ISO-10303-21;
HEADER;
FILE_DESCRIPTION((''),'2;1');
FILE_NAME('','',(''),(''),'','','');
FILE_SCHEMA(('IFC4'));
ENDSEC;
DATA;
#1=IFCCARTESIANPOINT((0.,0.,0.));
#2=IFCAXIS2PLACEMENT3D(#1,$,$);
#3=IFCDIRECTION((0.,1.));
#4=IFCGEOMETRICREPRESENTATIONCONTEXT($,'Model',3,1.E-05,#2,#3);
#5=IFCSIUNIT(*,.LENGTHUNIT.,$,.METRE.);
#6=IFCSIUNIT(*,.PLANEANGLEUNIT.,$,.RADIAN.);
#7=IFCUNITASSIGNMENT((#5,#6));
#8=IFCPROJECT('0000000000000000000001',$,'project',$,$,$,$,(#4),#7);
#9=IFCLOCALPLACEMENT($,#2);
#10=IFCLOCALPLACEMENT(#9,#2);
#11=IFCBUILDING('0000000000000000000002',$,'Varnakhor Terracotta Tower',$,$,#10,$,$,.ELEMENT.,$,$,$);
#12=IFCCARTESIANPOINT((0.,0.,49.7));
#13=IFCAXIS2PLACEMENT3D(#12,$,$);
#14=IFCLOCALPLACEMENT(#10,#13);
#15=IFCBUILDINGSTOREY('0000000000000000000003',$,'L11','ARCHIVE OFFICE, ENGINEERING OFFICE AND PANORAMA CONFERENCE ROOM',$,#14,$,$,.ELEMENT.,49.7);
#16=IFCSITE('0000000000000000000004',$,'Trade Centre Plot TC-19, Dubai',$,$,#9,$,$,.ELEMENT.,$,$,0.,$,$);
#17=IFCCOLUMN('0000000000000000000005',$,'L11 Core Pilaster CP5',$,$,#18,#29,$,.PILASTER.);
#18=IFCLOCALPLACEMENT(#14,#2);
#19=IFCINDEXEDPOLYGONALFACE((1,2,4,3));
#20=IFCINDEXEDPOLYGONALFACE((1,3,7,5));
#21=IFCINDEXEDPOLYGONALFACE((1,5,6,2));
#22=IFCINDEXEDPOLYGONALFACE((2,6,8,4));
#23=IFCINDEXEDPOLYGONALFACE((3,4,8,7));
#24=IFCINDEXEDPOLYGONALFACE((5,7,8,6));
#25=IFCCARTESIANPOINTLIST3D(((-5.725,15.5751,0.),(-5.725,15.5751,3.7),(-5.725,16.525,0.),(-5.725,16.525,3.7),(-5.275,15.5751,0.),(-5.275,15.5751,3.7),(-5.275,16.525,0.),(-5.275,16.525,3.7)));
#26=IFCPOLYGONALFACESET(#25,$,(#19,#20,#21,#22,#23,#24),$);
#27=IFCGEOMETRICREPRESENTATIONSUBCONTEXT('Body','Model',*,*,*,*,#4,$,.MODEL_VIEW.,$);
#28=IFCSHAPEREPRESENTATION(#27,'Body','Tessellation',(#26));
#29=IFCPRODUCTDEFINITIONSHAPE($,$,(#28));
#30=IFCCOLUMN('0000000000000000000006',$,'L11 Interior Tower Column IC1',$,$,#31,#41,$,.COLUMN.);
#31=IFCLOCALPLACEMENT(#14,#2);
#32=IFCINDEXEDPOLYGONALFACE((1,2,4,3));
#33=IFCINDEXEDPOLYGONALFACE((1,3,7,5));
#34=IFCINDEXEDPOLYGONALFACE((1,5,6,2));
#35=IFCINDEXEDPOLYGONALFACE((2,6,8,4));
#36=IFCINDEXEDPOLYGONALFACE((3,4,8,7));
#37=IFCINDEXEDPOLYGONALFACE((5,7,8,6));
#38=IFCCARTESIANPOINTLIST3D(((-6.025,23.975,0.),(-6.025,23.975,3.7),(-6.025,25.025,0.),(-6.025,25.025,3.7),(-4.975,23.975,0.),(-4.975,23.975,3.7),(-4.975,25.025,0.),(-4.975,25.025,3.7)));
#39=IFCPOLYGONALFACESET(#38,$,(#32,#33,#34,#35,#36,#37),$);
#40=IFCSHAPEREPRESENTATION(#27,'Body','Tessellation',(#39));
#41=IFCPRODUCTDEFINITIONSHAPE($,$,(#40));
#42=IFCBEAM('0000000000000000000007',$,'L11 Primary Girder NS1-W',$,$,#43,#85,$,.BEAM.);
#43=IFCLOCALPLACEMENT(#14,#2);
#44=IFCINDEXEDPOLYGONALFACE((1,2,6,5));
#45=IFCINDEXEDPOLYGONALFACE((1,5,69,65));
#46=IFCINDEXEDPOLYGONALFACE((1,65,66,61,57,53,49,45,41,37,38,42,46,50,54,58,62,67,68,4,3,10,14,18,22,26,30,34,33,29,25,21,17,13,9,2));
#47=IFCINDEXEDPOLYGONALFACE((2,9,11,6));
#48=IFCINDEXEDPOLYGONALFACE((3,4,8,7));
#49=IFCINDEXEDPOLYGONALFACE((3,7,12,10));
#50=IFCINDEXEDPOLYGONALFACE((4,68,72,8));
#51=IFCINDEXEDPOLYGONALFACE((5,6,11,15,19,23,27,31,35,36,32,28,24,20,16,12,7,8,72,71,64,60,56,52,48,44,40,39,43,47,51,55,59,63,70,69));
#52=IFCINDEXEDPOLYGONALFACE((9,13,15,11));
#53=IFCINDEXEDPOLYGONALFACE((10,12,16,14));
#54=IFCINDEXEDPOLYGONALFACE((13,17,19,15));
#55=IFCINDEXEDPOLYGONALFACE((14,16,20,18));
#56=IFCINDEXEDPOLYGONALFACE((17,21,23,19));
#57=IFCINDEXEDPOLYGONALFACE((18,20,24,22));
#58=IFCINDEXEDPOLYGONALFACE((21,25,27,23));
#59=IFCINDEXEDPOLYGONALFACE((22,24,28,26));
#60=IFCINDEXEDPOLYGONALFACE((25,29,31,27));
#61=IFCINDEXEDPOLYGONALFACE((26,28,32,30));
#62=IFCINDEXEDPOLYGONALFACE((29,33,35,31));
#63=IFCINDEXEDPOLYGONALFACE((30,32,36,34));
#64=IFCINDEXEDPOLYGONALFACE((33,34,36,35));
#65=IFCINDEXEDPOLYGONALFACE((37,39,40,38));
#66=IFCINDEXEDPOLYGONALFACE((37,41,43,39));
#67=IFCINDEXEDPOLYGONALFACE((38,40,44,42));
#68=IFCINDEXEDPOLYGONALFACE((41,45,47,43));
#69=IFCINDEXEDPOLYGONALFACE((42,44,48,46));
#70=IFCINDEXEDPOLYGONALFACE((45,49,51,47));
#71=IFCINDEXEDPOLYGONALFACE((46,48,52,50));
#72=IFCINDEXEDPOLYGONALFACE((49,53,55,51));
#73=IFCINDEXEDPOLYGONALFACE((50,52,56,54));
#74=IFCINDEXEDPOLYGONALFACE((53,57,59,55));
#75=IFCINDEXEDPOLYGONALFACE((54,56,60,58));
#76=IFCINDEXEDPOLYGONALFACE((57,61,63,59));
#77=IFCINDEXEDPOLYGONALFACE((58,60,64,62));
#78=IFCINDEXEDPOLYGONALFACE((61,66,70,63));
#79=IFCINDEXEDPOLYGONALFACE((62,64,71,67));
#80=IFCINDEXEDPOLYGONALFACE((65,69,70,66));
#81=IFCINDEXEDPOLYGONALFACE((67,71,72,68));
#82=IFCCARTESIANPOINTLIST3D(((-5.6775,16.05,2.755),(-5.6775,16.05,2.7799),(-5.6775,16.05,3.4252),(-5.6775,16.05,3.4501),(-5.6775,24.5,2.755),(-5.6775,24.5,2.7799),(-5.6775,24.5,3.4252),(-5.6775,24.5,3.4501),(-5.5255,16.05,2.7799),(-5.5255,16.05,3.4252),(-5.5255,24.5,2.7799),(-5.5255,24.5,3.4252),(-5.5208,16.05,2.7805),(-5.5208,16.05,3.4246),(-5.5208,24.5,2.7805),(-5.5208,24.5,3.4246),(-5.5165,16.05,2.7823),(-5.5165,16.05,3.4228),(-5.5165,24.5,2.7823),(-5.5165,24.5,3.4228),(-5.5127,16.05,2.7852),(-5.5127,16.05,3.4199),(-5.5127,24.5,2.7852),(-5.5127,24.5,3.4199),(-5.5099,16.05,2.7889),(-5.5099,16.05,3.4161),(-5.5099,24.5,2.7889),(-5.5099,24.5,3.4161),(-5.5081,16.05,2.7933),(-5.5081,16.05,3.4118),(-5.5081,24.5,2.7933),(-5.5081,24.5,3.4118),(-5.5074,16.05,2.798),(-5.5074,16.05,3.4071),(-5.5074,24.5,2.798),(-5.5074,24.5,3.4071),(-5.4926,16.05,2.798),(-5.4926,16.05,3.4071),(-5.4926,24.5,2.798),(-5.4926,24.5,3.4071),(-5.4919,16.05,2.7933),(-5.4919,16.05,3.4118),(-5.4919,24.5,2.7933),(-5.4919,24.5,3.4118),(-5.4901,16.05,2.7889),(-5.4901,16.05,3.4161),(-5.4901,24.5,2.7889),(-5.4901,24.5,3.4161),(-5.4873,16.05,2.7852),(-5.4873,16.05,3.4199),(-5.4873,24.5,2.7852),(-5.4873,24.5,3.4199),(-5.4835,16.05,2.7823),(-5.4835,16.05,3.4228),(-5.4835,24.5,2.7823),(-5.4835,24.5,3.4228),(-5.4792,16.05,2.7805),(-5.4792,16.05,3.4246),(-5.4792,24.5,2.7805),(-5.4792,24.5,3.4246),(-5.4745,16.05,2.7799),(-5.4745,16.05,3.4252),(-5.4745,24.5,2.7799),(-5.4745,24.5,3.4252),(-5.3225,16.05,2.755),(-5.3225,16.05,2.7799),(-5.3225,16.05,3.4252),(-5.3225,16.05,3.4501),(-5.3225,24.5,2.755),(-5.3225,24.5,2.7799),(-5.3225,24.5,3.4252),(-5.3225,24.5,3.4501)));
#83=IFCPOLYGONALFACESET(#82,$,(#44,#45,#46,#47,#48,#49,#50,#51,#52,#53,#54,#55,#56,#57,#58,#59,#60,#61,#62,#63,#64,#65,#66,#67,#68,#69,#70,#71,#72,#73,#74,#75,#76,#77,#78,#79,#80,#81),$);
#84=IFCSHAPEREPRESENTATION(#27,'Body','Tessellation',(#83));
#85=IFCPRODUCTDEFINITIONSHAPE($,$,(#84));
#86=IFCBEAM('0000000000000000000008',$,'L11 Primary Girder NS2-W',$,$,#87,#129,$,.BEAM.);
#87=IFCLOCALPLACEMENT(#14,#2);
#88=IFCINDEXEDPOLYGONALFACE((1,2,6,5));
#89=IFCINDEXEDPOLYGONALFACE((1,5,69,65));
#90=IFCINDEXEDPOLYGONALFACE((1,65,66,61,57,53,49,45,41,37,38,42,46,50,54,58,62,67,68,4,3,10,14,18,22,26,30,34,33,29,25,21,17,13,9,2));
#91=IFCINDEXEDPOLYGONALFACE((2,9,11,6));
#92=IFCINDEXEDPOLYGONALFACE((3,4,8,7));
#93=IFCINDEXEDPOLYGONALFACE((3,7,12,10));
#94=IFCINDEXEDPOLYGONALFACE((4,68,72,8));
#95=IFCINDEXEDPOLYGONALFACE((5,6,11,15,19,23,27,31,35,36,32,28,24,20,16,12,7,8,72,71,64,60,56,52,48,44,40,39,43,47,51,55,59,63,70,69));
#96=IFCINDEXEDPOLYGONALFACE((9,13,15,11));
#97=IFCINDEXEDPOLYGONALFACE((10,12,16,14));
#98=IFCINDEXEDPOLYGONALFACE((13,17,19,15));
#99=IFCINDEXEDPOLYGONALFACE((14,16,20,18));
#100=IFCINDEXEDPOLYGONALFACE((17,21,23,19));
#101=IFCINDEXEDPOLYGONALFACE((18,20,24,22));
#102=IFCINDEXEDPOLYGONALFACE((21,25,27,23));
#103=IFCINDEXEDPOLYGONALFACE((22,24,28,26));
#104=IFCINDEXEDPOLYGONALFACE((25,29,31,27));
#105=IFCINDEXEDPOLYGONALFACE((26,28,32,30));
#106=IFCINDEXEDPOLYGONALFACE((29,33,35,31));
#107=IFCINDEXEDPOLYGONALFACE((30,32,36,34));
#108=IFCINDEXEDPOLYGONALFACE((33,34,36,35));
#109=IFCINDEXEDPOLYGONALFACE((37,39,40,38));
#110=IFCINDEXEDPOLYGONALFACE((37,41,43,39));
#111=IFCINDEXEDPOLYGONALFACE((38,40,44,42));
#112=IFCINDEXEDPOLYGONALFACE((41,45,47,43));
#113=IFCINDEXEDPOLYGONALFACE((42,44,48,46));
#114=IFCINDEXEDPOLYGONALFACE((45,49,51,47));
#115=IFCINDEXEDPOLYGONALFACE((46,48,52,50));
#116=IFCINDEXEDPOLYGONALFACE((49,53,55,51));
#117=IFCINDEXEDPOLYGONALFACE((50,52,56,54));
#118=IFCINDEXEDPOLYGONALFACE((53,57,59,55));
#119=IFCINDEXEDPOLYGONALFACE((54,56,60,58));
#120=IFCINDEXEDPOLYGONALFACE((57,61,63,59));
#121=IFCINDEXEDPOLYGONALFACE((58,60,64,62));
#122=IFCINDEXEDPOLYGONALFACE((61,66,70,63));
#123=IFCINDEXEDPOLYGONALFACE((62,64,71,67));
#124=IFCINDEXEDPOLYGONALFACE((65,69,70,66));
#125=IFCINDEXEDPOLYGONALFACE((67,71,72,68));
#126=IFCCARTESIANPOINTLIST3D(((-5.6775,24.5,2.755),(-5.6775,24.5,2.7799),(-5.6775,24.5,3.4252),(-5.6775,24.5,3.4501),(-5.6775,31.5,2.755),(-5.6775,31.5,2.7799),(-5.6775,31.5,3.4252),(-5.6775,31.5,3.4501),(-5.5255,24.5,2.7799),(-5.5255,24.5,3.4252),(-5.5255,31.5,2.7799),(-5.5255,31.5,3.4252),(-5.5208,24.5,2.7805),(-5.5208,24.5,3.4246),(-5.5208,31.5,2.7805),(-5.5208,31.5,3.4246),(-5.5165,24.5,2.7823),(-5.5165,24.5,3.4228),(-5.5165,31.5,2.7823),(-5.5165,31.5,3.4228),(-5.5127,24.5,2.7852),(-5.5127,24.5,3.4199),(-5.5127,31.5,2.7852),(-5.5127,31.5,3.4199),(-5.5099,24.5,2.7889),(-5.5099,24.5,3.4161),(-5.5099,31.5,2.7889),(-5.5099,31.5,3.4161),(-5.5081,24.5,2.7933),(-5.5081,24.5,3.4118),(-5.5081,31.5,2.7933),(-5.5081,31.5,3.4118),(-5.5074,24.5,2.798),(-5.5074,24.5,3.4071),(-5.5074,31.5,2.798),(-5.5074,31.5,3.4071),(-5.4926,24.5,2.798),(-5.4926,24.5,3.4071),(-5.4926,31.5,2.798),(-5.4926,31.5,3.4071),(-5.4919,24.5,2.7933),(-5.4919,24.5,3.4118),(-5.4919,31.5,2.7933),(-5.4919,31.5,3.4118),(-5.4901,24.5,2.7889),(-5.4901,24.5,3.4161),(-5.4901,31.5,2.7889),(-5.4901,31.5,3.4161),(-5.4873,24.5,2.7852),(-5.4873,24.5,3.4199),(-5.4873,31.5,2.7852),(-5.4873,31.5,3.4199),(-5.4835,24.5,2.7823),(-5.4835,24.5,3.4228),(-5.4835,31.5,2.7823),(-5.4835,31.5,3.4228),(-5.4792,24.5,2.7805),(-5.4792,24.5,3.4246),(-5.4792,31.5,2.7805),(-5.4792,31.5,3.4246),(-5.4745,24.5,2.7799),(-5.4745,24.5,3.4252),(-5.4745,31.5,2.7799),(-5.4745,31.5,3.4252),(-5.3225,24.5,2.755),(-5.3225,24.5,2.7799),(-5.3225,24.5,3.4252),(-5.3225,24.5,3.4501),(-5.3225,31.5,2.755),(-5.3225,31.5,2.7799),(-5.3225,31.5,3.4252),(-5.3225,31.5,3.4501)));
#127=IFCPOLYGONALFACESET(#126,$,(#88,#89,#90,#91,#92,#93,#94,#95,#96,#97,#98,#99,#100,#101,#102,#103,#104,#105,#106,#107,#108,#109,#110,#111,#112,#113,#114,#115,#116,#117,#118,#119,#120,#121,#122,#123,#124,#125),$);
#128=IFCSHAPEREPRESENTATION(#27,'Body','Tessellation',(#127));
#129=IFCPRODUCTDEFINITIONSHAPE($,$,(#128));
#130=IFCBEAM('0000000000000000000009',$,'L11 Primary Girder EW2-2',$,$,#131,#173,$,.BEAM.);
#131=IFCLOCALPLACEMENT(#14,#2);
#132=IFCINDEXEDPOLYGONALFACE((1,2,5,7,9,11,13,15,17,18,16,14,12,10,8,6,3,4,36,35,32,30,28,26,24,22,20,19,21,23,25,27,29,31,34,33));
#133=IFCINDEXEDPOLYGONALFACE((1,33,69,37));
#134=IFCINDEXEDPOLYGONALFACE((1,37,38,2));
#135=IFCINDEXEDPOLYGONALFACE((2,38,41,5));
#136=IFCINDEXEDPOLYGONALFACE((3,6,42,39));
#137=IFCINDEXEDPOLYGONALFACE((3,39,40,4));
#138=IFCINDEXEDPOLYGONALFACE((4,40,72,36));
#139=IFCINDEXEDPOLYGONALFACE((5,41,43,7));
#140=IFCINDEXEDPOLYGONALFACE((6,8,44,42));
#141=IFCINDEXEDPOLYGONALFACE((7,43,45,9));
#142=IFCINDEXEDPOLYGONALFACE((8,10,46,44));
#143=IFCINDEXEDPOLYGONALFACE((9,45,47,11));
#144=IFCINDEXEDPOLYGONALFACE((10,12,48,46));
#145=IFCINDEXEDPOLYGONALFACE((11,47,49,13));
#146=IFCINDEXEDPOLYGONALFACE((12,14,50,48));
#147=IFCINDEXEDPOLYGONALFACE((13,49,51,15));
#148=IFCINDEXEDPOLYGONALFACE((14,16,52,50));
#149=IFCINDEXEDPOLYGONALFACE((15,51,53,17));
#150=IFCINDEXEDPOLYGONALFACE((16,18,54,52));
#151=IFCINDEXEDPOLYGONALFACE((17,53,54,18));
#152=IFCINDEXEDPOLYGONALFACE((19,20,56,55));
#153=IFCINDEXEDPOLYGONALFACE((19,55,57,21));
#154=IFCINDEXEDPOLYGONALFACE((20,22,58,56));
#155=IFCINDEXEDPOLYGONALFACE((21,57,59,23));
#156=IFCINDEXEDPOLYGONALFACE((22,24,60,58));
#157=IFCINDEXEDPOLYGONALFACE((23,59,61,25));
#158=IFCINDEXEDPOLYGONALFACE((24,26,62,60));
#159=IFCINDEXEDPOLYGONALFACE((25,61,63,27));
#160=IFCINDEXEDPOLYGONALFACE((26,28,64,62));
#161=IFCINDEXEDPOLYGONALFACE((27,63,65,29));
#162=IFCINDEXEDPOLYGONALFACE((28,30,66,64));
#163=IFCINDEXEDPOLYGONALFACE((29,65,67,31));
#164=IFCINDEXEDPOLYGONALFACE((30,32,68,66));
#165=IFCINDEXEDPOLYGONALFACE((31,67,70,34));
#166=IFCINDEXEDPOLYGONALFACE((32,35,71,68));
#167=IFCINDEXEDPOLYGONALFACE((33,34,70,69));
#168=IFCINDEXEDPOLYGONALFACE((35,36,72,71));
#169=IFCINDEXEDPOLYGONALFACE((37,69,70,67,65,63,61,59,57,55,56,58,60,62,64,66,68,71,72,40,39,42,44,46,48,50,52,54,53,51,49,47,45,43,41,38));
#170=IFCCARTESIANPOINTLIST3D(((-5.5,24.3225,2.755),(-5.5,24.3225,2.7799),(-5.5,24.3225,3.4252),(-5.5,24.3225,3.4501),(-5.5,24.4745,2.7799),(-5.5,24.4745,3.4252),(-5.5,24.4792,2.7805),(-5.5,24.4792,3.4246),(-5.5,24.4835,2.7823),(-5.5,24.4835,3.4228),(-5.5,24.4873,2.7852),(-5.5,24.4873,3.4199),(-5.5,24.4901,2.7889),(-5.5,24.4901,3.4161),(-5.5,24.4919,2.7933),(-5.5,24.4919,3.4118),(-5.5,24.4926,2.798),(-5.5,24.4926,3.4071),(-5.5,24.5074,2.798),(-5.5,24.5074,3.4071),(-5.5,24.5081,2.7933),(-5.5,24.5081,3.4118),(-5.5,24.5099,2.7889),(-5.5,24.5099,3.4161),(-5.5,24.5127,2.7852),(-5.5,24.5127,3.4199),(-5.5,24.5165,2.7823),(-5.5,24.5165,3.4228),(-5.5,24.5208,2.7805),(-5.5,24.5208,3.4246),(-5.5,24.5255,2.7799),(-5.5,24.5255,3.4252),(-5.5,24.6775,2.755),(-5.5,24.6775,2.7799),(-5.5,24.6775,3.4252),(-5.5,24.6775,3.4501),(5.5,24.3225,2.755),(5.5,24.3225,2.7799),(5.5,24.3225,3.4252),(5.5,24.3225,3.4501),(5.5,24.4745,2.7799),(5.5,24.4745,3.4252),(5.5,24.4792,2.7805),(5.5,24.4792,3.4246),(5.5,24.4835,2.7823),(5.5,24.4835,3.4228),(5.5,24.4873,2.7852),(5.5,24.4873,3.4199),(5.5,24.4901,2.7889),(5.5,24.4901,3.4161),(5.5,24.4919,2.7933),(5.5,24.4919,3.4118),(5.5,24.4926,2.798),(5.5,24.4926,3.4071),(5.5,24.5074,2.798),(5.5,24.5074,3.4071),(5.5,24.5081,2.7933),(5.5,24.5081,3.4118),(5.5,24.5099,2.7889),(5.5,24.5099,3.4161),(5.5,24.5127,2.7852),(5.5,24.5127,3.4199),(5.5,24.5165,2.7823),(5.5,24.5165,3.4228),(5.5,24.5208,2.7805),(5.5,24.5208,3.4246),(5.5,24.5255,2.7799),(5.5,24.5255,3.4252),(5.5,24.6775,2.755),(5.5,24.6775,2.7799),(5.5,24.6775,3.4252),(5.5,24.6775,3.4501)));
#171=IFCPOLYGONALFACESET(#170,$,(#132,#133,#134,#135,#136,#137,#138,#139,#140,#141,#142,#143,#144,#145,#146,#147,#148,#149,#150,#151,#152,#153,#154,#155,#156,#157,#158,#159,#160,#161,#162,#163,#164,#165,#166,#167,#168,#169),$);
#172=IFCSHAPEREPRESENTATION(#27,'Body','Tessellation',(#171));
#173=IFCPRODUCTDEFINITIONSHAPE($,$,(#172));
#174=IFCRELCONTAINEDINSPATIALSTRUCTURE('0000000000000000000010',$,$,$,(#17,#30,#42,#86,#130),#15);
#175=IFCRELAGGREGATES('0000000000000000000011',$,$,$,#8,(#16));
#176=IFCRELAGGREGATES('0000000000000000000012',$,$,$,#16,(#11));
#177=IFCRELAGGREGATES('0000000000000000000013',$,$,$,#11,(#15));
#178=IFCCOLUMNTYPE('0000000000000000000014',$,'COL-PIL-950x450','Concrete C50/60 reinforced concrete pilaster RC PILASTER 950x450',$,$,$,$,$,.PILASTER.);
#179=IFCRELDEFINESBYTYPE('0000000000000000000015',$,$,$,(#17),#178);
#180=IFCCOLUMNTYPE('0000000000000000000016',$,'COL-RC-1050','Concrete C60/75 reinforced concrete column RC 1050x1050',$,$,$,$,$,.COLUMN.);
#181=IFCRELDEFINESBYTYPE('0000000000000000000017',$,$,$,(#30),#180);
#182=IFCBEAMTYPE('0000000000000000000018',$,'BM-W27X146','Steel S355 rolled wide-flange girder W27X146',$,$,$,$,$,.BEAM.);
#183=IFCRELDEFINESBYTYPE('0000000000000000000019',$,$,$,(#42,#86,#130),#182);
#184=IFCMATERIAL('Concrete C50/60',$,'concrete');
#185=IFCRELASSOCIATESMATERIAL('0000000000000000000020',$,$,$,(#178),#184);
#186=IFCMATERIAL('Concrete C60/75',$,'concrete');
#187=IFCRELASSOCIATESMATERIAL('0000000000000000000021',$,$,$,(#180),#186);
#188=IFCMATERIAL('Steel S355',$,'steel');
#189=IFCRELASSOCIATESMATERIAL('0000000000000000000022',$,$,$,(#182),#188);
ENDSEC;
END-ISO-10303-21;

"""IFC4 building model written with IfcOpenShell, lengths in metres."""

from ifc_helpers import new_model, si_unit, direction, frame, origin, origin_2d, place, context, subcontext, project, spatial, rectangle, i_section, extrude, source, transform, mapped, material, material_profile, profile_set, type_object, type_shapes, element, save


model = new_model("IFC4")

# Units and contexts
model_context = context("Model", 3, precision=1e-05, world=origin(), true_north=direction((0.0, 1.0)))
body_context = subcontext(model_context, "Body", "Model", "MODEL_VIEW")
ifc_project = project(units=[si_unit("LENGTHUNIT", "METRE"), si_unit("PLANEANGLEUNIT", "RADIAN")], contexts=[model_context])

# Site, building, storey
site_placement = place(None, origin())
site = spatial("IfcSite", under=ifc_project, at=site_placement, Name="Trade Centre Plot TC-19, Dubai", CompositionType="ELEMENT", RefElevation=0.0)
building_placement = place(site_placement, origin())
building = spatial("IfcBuilding", under=site, at=building_placement, Name="Varnakhor Terracotta Tower", CompositionType="ELEMENT")
storey_placement = place(building_placement, frame((0.0, 0.0, 49.7)))
storey = spatial("IfcBuildingStorey", under=building, at=storey_placement, Name="L11", Description="ARCHIVE OFFICE, ENGINEERING OFFICE AND PANORAMA CONFERENCE ROOM", CompositionType="ELEMENT", Elevation=49.7)

# Columns
ifc_material_1 = material(Name="Concrete C50/60", Category="concrete")
ifc_material_profile_1 = material_profile(ifc_material_1, rectangle(XDim=0.45, YDim=0.95, at=origin_2d()), Name="RC PILASTER 950x450")
ifc_profile_set_1 = profile_set([ifc_material_profile_1], Name="Concrete C50/60")
column_type_1 = type_object("IfcColumnType", Name="COL-PIL-950x450", Description="Concrete C50/60 reinforced concrete pilaster RC PILASTER 950x450", PredefinedType="PILASTER", material=ifc_profile_set_1)
shared_shape_1 = source(origin(), body_context, "Body", "SweptSolid", [
    extrude(rectangle(XDim=0.45, YDim=0.95, at=origin_2d()), origin(), (0.0, 0.0, 1.0), 3.7),
])
column_1_placement = place(storey_placement, frame((-5.5, 16.05, 0.0), z_axis=(0.0, 0.0, 1.0), x_axis=(1.0, 0.0, 0.0)))
element("IfcColumn", 1, at=column_1_placement, inside=storey, type_object=column_type_1, Name="L11 Core Pilaster CP5", PredefinedType="PILASTER", context=body_context, shape_type="MappedRepresentation", body=[
    mapped(shared_shape_1, transform((0.0, 0.0, 0.0), scale=1.0)),
])
ifc_material_2 = material(Name="Concrete C60/75", Category="concrete")
ifc_material_profile_2 = material_profile(ifc_material_2, rectangle(XDim=1.05, YDim=1.05, at=origin_2d()), Name="RC 1050x1050")
ifc_profile_set_2 = profile_set([ifc_material_profile_2], Name="Concrete C60/75")
column_type_2 = type_object("IfcColumnType", Name="COL-RC-1050", Description="Concrete C60/75 reinforced concrete column RC 1050x1050", PredefinedType="COLUMN", material=ifc_profile_set_2)
shared_shape_2 = source(origin(), body_context, "Body", "SweptSolid", [
    extrude(rectangle(XDim=1.05, YDim=1.05, at=origin_2d()), origin(), (0.0, 0.0, 1.0), 3.7),
])
column_2_placement = place(storey_placement, frame((-5.5, 24.5, 0.0), z_axis=(0.0, 0.0, 1.0), x_axis=(1.0, 0.0, 0.0)))
element("IfcColumn", 2, at=column_2_placement, inside=storey, type_object=column_type_2, Name="L11 Interior Tower Column IC1", PredefinedType="COLUMN", context=body_context, shape_type="MappedRepresentation", body=[
    mapped(shared_shape_2, transform((0.0, 0.0, 0.0), scale=1.0)),
])

# Beams
ifc_material_3 = material(Name="Steel S355", Category="steel")
ifc_material_profile_3 = material_profile(ifc_material_3, i_section(OverallWidth=0.355, OverallDepth=0.6951, WebThickness=0.0149, FlangeThickness=0.0249, FilletRadius=0.0181, at=origin_2d()), Name="W27X146")
ifc_profile_set_3 = profile_set([ifc_material_profile_3], Name="Steel S355")
beam_type_1 = type_object("IfcBeamType", Name="BM-W27X146", Description="Steel S355 rolled wide-flange girder W27X146", PredefinedType="BEAM", material=ifc_profile_set_3)
shared_shape_3 = source(origin(), body_context, "Body", "SweptSolid", [
    extrude(i_section(OverallWidth=0.355, OverallDepth=0.6951, WebThickness=0.0149, FlangeThickness=0.0249, FilletRadius=0.0181, at=origin_2d()), origin(), (0.0, 0.0, 1.0), 8.45),
])
type_shapes(beam_type_1, [shared_shape_3])
beam_1_placement = place(storey_placement, frame((-5.5, 16.05, 3.1025), z_axis=(0.0, 1.0, 0.0), x_axis=(-1.0, 0.0, 0.0)))
element("IfcBeam", 3, at=beam_1_placement, inside=storey, type_object=beam_type_1, Name="L11 Primary Girder NS1-W", PredefinedType="BEAM", context=body_context, shape_type="MappedRepresentation", body=[
    mapped(shared_shape_3, transform((0.0, 0.0, 0.0), scale=1.0)),
])
shared_shape_4 = source(origin(), body_context, "Body", "SweptSolid", [
    extrude(i_section(OverallWidth=0.355, OverallDepth=0.6951, WebThickness=0.0149, FlangeThickness=0.0249, FilletRadius=0.0181, at=origin_2d()), origin(), (0.0, 0.0, 1.0), 7.0),
])
beam_2_placement = place(storey_placement, frame((-5.5, 24.5, 3.1025), z_axis=(0.0, 1.0, 0.0), x_axis=(-1.0, 0.0, 0.0)))
element("IfcBeam", 4, at=beam_2_placement, inside=storey, type_object=beam_type_1, Name="L11 Primary Girder NS2-W", PredefinedType="BEAM", context=body_context, shape_type="MappedRepresentation", body=[
    mapped(shared_shape_4, transform((0.0, 0.0, 0.0), scale=1.0)),
])
shared_shape_5 = source(origin(), body_context, "Body", "SweptSolid", [
    extrude(i_section(OverallWidth=0.355, OverallDepth=0.6951, WebThickness=0.0149, FlangeThickness=0.0249, FilletRadius=0.0181, at=origin_2d()), origin(), (0.0, 0.0, 1.0), 11.0),
])
beam_3_placement = place(storey_placement, frame((-5.5, 24.5, 3.1025), z_axis=(1.0, 0.0, 0.0), x_axis=(0.0, 1.0, 0.0)))
element("IfcBeam", 5, at=beam_3_placement, inside=storey, type_object=beam_type_1, Name="L11 Primary Girder EW2-2", PredefinedType="BEAM", context=body_context, shape_type="MappedRepresentation", body=[
    mapped(shared_shape_5, transform((0.0, 0.0, 0.0), scale=1.0)),
])

save(model, "model.ifc")
